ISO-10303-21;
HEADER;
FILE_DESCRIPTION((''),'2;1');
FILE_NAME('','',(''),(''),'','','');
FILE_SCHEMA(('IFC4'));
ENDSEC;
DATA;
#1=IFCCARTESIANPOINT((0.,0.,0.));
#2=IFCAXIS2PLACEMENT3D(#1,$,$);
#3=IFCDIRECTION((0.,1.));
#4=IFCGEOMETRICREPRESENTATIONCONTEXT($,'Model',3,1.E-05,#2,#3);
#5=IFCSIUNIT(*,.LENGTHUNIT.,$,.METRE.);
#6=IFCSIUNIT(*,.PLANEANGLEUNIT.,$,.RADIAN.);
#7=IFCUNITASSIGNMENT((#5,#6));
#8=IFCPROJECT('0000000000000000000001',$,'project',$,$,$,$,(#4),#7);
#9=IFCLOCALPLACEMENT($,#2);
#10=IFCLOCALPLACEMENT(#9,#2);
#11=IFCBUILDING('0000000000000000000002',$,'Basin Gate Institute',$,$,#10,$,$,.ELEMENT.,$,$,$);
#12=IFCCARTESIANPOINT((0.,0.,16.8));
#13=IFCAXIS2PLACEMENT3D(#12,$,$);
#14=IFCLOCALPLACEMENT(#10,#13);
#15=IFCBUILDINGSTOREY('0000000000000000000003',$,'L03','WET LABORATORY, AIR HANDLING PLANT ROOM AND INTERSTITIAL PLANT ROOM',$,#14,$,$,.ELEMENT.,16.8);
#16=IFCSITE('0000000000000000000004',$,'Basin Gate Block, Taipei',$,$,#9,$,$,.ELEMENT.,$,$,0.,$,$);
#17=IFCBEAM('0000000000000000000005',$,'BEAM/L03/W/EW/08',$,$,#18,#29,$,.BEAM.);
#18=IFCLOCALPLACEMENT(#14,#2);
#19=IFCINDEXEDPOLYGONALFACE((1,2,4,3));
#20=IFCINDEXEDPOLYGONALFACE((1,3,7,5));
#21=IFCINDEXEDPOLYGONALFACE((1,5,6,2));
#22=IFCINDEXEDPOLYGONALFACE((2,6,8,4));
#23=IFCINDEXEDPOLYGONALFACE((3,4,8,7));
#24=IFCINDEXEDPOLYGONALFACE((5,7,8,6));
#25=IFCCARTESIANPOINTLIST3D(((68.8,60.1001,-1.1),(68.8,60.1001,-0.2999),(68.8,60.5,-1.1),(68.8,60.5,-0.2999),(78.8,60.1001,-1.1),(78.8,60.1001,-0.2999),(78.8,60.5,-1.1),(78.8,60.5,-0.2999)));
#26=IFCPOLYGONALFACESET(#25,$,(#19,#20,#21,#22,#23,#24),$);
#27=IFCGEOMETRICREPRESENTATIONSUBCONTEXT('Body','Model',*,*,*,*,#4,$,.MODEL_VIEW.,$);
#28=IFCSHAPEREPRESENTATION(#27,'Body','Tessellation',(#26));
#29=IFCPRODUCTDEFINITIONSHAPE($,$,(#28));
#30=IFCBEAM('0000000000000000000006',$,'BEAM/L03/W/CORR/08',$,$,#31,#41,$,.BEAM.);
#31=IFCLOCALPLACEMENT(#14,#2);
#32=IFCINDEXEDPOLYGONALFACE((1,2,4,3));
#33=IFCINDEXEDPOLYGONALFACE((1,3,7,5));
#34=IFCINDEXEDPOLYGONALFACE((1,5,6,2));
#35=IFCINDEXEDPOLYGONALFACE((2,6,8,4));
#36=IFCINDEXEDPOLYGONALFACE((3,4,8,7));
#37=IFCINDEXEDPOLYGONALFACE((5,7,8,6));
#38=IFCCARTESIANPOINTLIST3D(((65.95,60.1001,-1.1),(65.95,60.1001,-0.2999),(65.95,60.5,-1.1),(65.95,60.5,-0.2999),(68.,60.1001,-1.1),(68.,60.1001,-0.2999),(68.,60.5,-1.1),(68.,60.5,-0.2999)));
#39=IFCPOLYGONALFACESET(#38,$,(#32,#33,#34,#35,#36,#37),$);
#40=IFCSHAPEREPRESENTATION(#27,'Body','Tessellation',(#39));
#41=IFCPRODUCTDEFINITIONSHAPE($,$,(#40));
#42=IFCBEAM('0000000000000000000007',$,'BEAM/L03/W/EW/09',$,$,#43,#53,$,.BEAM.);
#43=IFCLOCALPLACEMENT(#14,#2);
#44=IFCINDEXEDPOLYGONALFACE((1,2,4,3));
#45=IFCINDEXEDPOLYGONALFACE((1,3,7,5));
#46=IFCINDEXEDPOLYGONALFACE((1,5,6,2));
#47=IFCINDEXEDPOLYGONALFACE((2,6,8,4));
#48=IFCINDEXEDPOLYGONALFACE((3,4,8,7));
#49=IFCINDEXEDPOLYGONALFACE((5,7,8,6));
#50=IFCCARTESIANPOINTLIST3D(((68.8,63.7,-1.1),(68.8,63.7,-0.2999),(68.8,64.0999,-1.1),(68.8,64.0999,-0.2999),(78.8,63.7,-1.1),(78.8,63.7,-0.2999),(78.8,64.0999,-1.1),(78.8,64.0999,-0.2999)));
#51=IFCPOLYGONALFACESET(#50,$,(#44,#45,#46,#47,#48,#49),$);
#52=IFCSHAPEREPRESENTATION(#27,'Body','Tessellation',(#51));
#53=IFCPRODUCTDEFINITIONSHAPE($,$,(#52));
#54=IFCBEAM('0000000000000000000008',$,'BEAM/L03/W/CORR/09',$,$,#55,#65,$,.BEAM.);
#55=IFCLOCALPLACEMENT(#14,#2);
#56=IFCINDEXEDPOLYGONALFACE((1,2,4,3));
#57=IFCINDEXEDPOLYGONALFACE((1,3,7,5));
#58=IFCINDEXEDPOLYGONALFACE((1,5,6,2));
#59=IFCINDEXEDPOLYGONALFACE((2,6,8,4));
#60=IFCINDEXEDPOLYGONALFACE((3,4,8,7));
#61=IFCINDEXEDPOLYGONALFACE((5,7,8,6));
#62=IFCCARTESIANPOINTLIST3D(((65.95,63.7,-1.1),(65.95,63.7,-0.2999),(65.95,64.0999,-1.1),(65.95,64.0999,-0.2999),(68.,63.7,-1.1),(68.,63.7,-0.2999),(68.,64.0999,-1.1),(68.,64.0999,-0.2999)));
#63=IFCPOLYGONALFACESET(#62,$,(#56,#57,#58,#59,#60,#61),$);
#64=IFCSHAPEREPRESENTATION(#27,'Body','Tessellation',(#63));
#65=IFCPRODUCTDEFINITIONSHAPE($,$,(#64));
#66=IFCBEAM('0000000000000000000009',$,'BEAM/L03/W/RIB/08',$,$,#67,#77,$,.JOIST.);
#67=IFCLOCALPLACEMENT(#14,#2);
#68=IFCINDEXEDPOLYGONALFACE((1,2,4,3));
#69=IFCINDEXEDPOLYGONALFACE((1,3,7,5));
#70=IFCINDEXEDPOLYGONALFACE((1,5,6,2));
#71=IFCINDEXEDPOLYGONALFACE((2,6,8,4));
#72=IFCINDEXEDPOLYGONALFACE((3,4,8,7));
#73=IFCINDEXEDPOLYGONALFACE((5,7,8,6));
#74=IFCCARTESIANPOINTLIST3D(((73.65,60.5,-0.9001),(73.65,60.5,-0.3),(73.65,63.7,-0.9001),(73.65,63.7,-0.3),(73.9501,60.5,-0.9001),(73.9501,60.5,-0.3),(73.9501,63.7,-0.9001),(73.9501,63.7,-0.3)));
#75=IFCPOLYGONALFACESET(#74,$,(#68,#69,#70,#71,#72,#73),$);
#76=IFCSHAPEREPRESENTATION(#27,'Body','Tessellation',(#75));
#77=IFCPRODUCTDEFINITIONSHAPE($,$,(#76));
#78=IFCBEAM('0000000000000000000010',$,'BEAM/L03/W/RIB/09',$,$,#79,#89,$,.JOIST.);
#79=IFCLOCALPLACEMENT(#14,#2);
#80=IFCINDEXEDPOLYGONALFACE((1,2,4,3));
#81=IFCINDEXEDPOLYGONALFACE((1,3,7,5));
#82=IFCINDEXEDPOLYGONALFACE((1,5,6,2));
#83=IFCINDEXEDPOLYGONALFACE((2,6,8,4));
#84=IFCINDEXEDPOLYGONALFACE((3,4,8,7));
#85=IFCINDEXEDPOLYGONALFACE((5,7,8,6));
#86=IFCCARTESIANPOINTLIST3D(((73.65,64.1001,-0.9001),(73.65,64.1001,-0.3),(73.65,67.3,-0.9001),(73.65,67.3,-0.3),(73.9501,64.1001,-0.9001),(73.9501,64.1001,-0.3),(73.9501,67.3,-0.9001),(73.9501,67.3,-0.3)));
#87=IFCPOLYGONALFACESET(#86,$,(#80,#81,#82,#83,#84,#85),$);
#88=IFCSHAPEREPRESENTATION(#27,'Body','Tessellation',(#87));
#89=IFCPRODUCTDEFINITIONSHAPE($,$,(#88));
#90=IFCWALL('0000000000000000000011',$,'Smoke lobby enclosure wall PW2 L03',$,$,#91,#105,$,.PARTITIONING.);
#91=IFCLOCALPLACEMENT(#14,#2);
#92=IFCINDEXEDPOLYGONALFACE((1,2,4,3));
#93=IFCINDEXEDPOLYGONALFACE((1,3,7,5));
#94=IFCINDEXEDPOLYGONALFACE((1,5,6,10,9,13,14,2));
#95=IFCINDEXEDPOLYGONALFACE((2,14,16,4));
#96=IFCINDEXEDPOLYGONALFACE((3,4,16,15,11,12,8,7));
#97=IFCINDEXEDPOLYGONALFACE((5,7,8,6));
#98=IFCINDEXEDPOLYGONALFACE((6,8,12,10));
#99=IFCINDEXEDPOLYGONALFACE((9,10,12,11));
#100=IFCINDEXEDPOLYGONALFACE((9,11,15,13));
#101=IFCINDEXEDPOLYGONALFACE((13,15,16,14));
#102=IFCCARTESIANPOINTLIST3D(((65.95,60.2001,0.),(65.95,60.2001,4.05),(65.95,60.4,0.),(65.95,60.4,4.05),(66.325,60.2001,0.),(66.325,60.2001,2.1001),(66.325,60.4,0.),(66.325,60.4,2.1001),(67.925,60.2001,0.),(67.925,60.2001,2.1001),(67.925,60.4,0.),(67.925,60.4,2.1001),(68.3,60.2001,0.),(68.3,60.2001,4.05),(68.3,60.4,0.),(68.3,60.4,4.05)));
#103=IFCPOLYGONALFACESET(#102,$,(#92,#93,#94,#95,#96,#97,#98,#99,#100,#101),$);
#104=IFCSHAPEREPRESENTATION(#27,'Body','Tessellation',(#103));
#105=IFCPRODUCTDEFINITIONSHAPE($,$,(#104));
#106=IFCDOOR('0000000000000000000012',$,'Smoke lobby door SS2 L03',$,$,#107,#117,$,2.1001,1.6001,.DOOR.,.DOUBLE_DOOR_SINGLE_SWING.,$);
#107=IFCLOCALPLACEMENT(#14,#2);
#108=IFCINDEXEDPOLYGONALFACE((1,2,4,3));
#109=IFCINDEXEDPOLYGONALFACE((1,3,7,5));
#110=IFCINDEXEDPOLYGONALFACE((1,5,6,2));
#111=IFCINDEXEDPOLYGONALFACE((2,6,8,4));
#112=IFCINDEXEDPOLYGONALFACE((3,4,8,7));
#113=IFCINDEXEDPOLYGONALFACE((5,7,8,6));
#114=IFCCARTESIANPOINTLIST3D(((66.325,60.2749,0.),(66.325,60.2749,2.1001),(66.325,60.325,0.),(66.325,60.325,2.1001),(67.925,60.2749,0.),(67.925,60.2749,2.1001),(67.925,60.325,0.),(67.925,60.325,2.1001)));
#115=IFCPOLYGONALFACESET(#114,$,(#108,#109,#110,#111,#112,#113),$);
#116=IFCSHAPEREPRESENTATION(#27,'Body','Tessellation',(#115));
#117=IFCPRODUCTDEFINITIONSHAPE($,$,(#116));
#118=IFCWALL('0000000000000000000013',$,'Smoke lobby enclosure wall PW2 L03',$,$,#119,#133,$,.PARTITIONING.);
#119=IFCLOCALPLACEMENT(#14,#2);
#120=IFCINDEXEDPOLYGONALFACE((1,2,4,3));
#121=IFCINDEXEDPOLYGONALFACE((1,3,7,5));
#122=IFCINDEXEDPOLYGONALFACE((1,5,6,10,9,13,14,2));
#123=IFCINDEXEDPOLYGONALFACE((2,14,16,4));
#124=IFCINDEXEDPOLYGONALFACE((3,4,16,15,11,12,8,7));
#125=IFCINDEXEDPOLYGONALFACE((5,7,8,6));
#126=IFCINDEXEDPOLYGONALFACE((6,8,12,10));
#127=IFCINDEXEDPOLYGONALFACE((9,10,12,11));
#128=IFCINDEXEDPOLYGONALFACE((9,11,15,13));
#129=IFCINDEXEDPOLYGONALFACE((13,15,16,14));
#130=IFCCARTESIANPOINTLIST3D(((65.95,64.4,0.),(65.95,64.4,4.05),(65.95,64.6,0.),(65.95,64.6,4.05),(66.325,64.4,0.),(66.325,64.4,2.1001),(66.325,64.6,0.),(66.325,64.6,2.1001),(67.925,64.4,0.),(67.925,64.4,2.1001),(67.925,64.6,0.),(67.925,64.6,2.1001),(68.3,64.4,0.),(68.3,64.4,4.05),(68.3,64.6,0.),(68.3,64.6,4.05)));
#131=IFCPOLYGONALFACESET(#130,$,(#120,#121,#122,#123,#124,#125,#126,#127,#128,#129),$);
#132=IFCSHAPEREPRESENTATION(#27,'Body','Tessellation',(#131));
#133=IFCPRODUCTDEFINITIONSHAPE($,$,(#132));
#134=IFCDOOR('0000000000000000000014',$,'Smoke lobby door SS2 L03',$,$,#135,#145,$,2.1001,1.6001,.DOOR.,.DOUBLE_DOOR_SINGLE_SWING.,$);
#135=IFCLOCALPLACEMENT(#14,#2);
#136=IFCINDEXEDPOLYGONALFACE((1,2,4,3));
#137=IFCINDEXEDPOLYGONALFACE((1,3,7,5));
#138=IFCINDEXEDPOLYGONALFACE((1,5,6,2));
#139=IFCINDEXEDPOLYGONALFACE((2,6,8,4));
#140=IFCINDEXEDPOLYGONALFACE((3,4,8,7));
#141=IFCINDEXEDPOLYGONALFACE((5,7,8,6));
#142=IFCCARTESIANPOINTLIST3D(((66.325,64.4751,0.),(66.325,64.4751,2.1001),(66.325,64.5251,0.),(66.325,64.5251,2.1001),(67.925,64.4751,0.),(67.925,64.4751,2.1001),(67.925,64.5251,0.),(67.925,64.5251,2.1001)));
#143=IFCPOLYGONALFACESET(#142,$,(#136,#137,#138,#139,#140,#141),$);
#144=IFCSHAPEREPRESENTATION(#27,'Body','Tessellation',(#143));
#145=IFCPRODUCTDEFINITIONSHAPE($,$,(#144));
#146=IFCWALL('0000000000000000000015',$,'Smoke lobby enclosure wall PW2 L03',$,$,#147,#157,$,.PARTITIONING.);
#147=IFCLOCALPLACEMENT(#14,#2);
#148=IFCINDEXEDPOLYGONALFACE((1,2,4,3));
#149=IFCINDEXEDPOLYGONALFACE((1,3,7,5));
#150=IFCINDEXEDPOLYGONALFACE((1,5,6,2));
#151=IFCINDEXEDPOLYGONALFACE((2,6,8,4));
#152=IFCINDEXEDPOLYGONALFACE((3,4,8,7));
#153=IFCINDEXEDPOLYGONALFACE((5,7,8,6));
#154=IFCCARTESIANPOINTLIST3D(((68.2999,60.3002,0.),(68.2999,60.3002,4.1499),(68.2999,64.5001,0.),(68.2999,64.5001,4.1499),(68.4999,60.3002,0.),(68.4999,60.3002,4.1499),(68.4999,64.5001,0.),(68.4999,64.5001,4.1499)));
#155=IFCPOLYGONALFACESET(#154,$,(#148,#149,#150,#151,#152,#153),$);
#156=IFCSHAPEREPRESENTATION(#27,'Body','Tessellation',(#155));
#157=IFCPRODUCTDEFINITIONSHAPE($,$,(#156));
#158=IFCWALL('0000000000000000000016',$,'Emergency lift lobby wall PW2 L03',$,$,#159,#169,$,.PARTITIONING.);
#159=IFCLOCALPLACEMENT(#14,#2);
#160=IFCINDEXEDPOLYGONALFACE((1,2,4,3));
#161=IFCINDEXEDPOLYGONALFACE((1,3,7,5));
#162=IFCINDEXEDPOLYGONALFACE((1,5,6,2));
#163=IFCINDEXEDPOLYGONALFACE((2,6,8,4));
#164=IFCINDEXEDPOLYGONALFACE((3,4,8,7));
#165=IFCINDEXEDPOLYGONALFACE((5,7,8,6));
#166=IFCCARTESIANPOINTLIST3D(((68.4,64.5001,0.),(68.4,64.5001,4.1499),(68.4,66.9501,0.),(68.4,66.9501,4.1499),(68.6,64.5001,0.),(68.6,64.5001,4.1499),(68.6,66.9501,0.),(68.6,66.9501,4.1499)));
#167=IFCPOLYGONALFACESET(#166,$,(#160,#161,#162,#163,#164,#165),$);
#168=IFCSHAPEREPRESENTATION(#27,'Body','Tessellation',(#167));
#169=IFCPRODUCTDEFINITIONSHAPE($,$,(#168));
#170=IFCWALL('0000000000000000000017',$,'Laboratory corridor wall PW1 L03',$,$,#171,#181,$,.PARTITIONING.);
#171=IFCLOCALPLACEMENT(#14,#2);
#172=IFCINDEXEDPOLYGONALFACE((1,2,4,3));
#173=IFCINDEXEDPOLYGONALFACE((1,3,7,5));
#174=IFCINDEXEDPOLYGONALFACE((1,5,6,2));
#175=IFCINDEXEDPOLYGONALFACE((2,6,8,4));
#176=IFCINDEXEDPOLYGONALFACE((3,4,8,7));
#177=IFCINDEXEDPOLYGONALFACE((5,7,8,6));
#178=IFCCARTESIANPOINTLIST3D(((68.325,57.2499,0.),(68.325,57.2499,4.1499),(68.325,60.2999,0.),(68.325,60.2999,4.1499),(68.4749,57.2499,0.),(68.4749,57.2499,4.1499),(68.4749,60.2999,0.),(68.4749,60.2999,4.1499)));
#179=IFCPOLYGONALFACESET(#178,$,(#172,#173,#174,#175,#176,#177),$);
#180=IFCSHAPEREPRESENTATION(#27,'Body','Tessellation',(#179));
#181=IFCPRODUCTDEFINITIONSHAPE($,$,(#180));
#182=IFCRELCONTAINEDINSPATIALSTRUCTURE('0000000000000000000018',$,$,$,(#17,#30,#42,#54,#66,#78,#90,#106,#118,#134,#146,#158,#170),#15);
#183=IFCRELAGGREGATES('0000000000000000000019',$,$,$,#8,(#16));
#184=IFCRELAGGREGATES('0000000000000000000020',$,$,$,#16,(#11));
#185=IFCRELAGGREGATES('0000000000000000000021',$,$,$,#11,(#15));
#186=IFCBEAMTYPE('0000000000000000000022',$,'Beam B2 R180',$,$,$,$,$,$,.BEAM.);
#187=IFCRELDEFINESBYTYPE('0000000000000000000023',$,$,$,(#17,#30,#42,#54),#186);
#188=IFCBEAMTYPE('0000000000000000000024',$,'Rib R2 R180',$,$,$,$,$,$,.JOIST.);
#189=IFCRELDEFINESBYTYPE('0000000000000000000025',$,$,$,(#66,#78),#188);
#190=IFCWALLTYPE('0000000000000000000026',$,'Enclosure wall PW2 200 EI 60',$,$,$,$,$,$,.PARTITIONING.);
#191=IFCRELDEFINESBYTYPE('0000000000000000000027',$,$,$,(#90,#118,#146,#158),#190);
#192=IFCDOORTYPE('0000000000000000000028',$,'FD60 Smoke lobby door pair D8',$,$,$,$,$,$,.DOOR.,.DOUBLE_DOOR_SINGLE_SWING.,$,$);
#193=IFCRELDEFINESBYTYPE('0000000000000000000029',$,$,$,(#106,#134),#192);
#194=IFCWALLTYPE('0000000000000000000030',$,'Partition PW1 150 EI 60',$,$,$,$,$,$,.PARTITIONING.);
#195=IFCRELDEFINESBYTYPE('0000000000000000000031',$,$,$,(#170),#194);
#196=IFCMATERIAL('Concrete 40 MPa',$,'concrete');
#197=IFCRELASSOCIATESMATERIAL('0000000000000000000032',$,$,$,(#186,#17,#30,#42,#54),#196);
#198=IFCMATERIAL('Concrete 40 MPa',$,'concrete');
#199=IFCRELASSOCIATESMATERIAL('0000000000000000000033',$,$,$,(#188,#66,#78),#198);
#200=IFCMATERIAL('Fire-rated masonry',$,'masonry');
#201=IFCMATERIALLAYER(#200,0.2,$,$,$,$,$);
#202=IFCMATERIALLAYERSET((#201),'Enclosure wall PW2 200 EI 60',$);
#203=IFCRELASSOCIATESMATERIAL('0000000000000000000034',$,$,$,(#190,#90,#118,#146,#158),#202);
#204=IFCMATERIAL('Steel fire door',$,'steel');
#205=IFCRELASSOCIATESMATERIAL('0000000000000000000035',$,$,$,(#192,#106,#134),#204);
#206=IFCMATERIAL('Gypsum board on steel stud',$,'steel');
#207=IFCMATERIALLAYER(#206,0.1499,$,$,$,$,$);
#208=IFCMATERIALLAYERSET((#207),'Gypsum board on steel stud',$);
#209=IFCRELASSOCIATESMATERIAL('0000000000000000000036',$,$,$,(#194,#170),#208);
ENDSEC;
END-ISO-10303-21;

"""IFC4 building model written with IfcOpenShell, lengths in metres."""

from ifc_helpers import new_model, si_unit, direction, frame, frame_2d, origin, origin_2d, place, context, subcontext, project, spatial, rectangle, extrude, material, layer, layer_set, material_profile, profile_set, type_object, element, fill, save


model = new_model("IFC4")

# Units and contexts
model_context = context("Model", 3, precision=1e-05, world=origin(), true_north=direction((0.0, 1.0)))
body_context = subcontext(model_context, "Body", "Model", "MODEL_VIEW")
ifc_project = project(units=[si_unit("LENGTHUNIT", "METRE"), si_unit("PLANEANGLEUNIT", "RADIAN")], contexts=[model_context])

# Site, building, storey
site_placement = place(None, origin())
site = spatial("IfcSite", under=ifc_project, at=site_placement, Name="Basin Gate Block, Taipei", CompositionType="ELEMENT", RefElevation=0.0)
building_placement = place(site_placement, origin())
building = spatial("IfcBuilding", under=site, at=building_placement, Name="Basin Gate Institute", CompositionType="ELEMENT")
storey_placement = place(building_placement, frame((0.0, 0.0, 16.8)))
storey = spatial("IfcBuildingStorey", under=building, at=storey_placement, Name="L03", Description="WET LABORATORY, AIR HANDLING PLANT ROOM AND INTERSTITIAL PLANT ROOM", CompositionType="ELEMENT", Elevation=16.8)

# Beams
ifc_material_1 = material(Name="Concrete 40 MPa", Category="concrete")
ifc_material_profile_1 = material_profile(ifc_material_1, rectangle(XDim=0.3999, YDim=0.8, at=origin_2d()), Name="Beam B2 400 x 800")
ifc_profile_set_1 = profile_set([ifc_material_profile_1], Name="Concrete 40 MPa")
beam_type_1 = type_object("IfcBeamType", Name="Beam B2 R180", PredefinedType="BEAM", material=ifc_profile_set_1)
beam_1_placement = place(storey_placement, frame((68.8, 60.3, -0.7), z_axis=(1.0, 0.0, 0.0), x_axis=(0.0, 1.0, 0.0)))
element("IfcBeam", 1, at=beam_1_placement, inside=storey, type_object=beam_type_1, material=ifc_profile_set_1, Name="BEAM/L03/W/EW/08", PredefinedType="BEAM", context=body_context, shape_type="SweptSolid", body=[
    extrude(rectangle(XDim=0.3999, YDim=0.8, at=origin_2d()), origin(), (0.0, 0.0, 1.0), 10.0),
])
beam_2_placement = place(storey_placement, frame((65.95, 60.3, -0.7), z_axis=(1.0, 0.0, 0.0), x_axis=(0.0, 1.0, 0.0)))
element("IfcBeam", 2, at=beam_2_placement, inside=storey, type_object=beam_type_1, material=ifc_profile_set_1, Name="BEAM/L03/W/CORR/08", PredefinedType="BEAM", context=body_context, shape_type="SweptSolid", body=[
    extrude(rectangle(XDim=0.3999, YDim=0.8, at=origin_2d()), origin(), (0.0, 0.0, 1.0), 2.05),
])
beam_3_placement = place(storey_placement, frame((68.8, 63.8999, -0.7), z_axis=(1.0, 0.0, 0.0), x_axis=(0.0, 1.0, 0.0)))
element("IfcBeam", 3, at=beam_3_placement, inside=storey, type_object=beam_type_1, material=ifc_profile_set_1, Name="BEAM/L03/W/EW/09", PredefinedType="BEAM", context=body_context, shape_type="SweptSolid", body=[
    extrude(rectangle(XDim=0.3999, YDim=0.8, at=origin_2d()), origin(), (0.0, 0.0, 1.0), 10.0),
])
beam_4_placement = place(storey_placement, frame((65.95, 63.8999, -0.7), z_axis=(1.0, 0.0, 0.0), x_axis=(0.0, 1.0, 0.0)))
element("IfcBeam", 4, at=beam_4_placement, inside=storey, type_object=beam_type_1, material=ifc_profile_set_1, Name="BEAM/L03/W/CORR/09", PredefinedType="BEAM", context=body_context, shape_type="SweptSolid", body=[
    extrude(rectangle(XDim=0.3999, YDim=0.8, at=origin_2d()), origin(), (0.0, 0.0, 1.0), 2.05),
])
ifc_material_2 = material(Name="Concrete 40 MPa", Category="concrete")
ifc_material_profile_2 = material_profile(ifc_material_2, rectangle(XDim=0.3, YDim=0.6001, at=origin_2d()), Name="Rib R2 300 x 600")
ifc_profile_set_2 = profile_set([ifc_material_profile_2], Name="Concrete 40 MPa")
beam_type_2 = type_object("IfcBeamType", Name="Rib R2 R180", PredefinedType="JOIST", material=ifc_profile_set_2)
for number, where, z_axis, x_axis, name in (
    (5, (73.8, 60.5, -0.6001), (0.0, 1.0, 0.0), (-1.0, 0.0, 0.0), "BEAM/L03/W/RIB/08"),
    (6, (73.8, 64.1001, -0.6001), (0.0, 1.0, 0.0), (-1.0, 0.0, 0.0), "BEAM/L03/W/RIB/09"),
):
    element("IfcBeam", number, at=place(storey_placement, frame(where, z_axis=z_axis, x_axis=x_axis)), inside=storey, type_object=beam_type_2, material=ifc_profile_set_2, Name=name, PredefinedType="JOIST", context=body_context, shape_type="SweptSolid", body=[
        extrude(rectangle(XDim=0.3, YDim=0.6001, at=origin_2d()), origin(), (0.0, 0.0, 1.0), 3.2),
    ])

# Walls, openings, doors
ifc_material_3 = material(Name="Fire-rated masonry", Category="masonry")
ifc_layer_1 = layer(ifc_material_3, 0.2)
ifc_layer_set_1 = layer_set([ifc_layer_1], Name="Enclosure wall PW2 200 EI 60")
wall_type_1 = type_object("IfcWallType", Name="Enclosure wall PW2 200 EI 60", PredefinedType="PARTITIONING", material=ifc_layer_set_1)
wall_1_placement = place(storey_placement, frame((65.95, 60.3, 0.0), z_axis=(0.0, 0.0, 1.0), x_axis=(1.0, 0.0, 0.0)))
wall_1 = element("IfcWall", 7, at=wall_1_placement, inside=storey, type_object=wall_type_1, material=ifc_layer_set_1, Name="Smoke lobby enclosure wall PW2 L03", PredefinedType="PARTITIONING", context=body_context, shape_type="SweptSolid", body=[
    extrude(rectangle(XDim=2.3501, YDim=0.2, at=frame_2d((1.175, 0.0))), origin(), (0.0, 0.0, 1.0), 4.05),
])
opening_1_placement = place(wall_1_placement, frame((0.375, 0.0, 0.0)))
opening_1 = element("IfcOpeningElement", 8, at=opening_1_placement, cuts=wall_1, PredefinedType="OPENING", context=body_context, shape_type="SweptSolid", body=[
    extrude(rectangle(XDim=1.6001, YDim=2.1001, at=frame_2d((0.8, 1.05))), frame((0.0, 0.1099, 0.0), z_axis=(0.0, -1.0, 0.0), x_axis=(1.0, 0.0, 0.0)), (0.0, 0.0, 1.0), 0.22),
])
ifc_material_4 = material(Name="Steel fire door", Category="steel")
door_type_1 = type_object("IfcDoorType", Name="FD60 Smoke lobby door pair D8", OperationType="DOUBLE_DOOR_SINGLE_SWING", PredefinedType="DOOR", material=ifc_material_4)
door_1_placement = place(opening_1_placement, origin())
door_1 = element("IfcDoor", 9, at=door_1_placement, inside=storey, type_object=door_type_1, material=ifc_material_4, Name="Smoke lobby door SS2 L03", OperationType="DOUBLE_DOOR_SINGLE_SWING", OverallHeight=2.1001, OverallWidth=1.6001, PredefinedType="DOOR", context=body_context, shape_type="SweptSolid", body=[
    extrude(rectangle(XDim=1.6001, YDim=2.1001, at=frame_2d((0.8, 1.05))), frame((0.0, 0.0249, 0.0), z_axis=(0.0, -1.0, 0.0), x_axis=(1.0, 0.0, 0.0)), (0.0, 0.0, 1.0), 0.05),
])
fill(opening_1, door_1)
wall_2_placement = place(storey_placement, frame((65.95, 64.5, 0.0), z_axis=(0.0, 0.0, 1.0), x_axis=(1.0, 0.0, 0.0)))
wall_2 = element("IfcWall", 10, at=wall_2_placement, inside=storey, type_object=wall_type_1, material=ifc_layer_set_1, Name="Smoke lobby enclosure wall PW2 L03", PredefinedType="PARTITIONING", context=body_context, shape_type="SweptSolid", body=[
    extrude(rectangle(XDim=2.3501, YDim=0.2, at=frame_2d((1.175, 0.0))), origin(), (0.0, 0.0, 1.0), 4.05),
])
opening_2_placement = place(wall_2_placement, frame((0.375, 0.0, 0.0)))
opening_2 = element("IfcOpeningElement", 11, at=opening_2_placement, cuts=wall_2, PredefinedType="OPENING", context=body_context, shape_type="SweptSolid", body=[
    extrude(rectangle(XDim=1.6001, YDim=2.1001, at=frame_2d((0.8, 1.05))), frame((0.0, 0.1099, 0.0), z_axis=(0.0, -1.0, 0.0), x_axis=(1.0, 0.0, 0.0)), (0.0, 0.0, 1.0), 0.22),
])
door_2_placement = place(opening_2_placement, frame((1.6001, 0.0, 0.0), z_axis=(0.0, 0.0, 1.0), x_axis=(-1.0, 0.0, 0.0)))
door_2 = element("IfcDoor", 12, at=door_2_placement, inside=storey, type_object=door_type_1, material=ifc_material_4, Name="Smoke lobby door SS2 L03", OperationType="DOUBLE_DOOR_SINGLE_SWING", OverallHeight=2.1001, OverallWidth=1.6001, PredefinedType="DOOR", context=body_context, shape_type="SweptSolid", body=[
    extrude(rectangle(XDim=1.6001, YDim=2.1001, at=frame_2d((0.8, 1.05))), frame((0.0, 0.0249, 0.0), z_axis=(0.0, -1.0, 0.0), x_axis=(1.0, 0.0, 0.0)), (0.0, 0.0, 1.0), 0.05),
])
fill(opening_2, door_2)

# Walls
wall_3_placement = place(storey_placement, frame((68.3999, 60.3, 0.0), z_axis=(0.0, 0.0, 1.0), x_axis=(0.0, 1.0, 0.0)))
element("IfcWall", 13, at=wall_3_placement, inside=storey, type_object=wall_type_1, material=ifc_layer_set_1, Name="Smoke lobby enclosure wall PW2 L03", PredefinedType="PARTITIONING", context=body_context, shape_type="SweptSolid", body=[
    extrude(rectangle(XDim=4.2, YDim=0.2, at=frame_2d((2.1001, 0.0))), origin(), (0.0, 0.0, 1.0), 4.1499),
])
wall_4_placement = place(storey_placement, frame((68.5, 64.5, 0.0), z_axis=(0.0, 0.0, 1.0), x_axis=(0.0, 1.0, 0.0)))
element("IfcWall", 14, at=wall_4_placement, inside=storey, type_object=wall_type_1, material=ifc_layer_set_1, Name="Emergency lift lobby wall PW2 L03", PredefinedType="PARTITIONING", context=body_context, shape_type="SweptSolid", body=[
    extrude(rectangle(XDim=2.45, YDim=0.2, at=frame_2d((1.2251, 0.0))), origin(), (0.0, 0.0, 1.0), 4.1499),
])
ifc_material_5 = material(Name="Gypsum board on steel stud", Category="steel")
ifc_layer_2 = layer(ifc_material_5, 0.1499)
ifc_layer_set_2 = layer_set([ifc_layer_2], Name="Gypsum board on steel stud")
wall_type_2 = type_object("IfcWallType", Name="Partition PW1 150 EI 60", PredefinedType="PARTITIONING", material=ifc_layer_set_2)
wall_5_placement = place(storey_placement, frame((68.3999, 57.25, 0.0), z_axis=(0.0, 0.0, 1.0), x_axis=(0.0, 1.0, 0.0)))
element("IfcWall", 15, at=wall_5_placement, inside=storey, type_object=wall_type_2, material=ifc_layer_set_2, Name="Laboratory corridor wall PW1 L03", PredefinedType="PARTITIONING", context=body_context, shape_type="SweptSolid", body=[
    extrude(rectangle(XDim=3.05, YDim=0.1499, at=frame_2d((1.5249, 0.0))), origin(), (0.0, 0.0, 1.0), 4.1499),
])

save(model, "model.ifc")
